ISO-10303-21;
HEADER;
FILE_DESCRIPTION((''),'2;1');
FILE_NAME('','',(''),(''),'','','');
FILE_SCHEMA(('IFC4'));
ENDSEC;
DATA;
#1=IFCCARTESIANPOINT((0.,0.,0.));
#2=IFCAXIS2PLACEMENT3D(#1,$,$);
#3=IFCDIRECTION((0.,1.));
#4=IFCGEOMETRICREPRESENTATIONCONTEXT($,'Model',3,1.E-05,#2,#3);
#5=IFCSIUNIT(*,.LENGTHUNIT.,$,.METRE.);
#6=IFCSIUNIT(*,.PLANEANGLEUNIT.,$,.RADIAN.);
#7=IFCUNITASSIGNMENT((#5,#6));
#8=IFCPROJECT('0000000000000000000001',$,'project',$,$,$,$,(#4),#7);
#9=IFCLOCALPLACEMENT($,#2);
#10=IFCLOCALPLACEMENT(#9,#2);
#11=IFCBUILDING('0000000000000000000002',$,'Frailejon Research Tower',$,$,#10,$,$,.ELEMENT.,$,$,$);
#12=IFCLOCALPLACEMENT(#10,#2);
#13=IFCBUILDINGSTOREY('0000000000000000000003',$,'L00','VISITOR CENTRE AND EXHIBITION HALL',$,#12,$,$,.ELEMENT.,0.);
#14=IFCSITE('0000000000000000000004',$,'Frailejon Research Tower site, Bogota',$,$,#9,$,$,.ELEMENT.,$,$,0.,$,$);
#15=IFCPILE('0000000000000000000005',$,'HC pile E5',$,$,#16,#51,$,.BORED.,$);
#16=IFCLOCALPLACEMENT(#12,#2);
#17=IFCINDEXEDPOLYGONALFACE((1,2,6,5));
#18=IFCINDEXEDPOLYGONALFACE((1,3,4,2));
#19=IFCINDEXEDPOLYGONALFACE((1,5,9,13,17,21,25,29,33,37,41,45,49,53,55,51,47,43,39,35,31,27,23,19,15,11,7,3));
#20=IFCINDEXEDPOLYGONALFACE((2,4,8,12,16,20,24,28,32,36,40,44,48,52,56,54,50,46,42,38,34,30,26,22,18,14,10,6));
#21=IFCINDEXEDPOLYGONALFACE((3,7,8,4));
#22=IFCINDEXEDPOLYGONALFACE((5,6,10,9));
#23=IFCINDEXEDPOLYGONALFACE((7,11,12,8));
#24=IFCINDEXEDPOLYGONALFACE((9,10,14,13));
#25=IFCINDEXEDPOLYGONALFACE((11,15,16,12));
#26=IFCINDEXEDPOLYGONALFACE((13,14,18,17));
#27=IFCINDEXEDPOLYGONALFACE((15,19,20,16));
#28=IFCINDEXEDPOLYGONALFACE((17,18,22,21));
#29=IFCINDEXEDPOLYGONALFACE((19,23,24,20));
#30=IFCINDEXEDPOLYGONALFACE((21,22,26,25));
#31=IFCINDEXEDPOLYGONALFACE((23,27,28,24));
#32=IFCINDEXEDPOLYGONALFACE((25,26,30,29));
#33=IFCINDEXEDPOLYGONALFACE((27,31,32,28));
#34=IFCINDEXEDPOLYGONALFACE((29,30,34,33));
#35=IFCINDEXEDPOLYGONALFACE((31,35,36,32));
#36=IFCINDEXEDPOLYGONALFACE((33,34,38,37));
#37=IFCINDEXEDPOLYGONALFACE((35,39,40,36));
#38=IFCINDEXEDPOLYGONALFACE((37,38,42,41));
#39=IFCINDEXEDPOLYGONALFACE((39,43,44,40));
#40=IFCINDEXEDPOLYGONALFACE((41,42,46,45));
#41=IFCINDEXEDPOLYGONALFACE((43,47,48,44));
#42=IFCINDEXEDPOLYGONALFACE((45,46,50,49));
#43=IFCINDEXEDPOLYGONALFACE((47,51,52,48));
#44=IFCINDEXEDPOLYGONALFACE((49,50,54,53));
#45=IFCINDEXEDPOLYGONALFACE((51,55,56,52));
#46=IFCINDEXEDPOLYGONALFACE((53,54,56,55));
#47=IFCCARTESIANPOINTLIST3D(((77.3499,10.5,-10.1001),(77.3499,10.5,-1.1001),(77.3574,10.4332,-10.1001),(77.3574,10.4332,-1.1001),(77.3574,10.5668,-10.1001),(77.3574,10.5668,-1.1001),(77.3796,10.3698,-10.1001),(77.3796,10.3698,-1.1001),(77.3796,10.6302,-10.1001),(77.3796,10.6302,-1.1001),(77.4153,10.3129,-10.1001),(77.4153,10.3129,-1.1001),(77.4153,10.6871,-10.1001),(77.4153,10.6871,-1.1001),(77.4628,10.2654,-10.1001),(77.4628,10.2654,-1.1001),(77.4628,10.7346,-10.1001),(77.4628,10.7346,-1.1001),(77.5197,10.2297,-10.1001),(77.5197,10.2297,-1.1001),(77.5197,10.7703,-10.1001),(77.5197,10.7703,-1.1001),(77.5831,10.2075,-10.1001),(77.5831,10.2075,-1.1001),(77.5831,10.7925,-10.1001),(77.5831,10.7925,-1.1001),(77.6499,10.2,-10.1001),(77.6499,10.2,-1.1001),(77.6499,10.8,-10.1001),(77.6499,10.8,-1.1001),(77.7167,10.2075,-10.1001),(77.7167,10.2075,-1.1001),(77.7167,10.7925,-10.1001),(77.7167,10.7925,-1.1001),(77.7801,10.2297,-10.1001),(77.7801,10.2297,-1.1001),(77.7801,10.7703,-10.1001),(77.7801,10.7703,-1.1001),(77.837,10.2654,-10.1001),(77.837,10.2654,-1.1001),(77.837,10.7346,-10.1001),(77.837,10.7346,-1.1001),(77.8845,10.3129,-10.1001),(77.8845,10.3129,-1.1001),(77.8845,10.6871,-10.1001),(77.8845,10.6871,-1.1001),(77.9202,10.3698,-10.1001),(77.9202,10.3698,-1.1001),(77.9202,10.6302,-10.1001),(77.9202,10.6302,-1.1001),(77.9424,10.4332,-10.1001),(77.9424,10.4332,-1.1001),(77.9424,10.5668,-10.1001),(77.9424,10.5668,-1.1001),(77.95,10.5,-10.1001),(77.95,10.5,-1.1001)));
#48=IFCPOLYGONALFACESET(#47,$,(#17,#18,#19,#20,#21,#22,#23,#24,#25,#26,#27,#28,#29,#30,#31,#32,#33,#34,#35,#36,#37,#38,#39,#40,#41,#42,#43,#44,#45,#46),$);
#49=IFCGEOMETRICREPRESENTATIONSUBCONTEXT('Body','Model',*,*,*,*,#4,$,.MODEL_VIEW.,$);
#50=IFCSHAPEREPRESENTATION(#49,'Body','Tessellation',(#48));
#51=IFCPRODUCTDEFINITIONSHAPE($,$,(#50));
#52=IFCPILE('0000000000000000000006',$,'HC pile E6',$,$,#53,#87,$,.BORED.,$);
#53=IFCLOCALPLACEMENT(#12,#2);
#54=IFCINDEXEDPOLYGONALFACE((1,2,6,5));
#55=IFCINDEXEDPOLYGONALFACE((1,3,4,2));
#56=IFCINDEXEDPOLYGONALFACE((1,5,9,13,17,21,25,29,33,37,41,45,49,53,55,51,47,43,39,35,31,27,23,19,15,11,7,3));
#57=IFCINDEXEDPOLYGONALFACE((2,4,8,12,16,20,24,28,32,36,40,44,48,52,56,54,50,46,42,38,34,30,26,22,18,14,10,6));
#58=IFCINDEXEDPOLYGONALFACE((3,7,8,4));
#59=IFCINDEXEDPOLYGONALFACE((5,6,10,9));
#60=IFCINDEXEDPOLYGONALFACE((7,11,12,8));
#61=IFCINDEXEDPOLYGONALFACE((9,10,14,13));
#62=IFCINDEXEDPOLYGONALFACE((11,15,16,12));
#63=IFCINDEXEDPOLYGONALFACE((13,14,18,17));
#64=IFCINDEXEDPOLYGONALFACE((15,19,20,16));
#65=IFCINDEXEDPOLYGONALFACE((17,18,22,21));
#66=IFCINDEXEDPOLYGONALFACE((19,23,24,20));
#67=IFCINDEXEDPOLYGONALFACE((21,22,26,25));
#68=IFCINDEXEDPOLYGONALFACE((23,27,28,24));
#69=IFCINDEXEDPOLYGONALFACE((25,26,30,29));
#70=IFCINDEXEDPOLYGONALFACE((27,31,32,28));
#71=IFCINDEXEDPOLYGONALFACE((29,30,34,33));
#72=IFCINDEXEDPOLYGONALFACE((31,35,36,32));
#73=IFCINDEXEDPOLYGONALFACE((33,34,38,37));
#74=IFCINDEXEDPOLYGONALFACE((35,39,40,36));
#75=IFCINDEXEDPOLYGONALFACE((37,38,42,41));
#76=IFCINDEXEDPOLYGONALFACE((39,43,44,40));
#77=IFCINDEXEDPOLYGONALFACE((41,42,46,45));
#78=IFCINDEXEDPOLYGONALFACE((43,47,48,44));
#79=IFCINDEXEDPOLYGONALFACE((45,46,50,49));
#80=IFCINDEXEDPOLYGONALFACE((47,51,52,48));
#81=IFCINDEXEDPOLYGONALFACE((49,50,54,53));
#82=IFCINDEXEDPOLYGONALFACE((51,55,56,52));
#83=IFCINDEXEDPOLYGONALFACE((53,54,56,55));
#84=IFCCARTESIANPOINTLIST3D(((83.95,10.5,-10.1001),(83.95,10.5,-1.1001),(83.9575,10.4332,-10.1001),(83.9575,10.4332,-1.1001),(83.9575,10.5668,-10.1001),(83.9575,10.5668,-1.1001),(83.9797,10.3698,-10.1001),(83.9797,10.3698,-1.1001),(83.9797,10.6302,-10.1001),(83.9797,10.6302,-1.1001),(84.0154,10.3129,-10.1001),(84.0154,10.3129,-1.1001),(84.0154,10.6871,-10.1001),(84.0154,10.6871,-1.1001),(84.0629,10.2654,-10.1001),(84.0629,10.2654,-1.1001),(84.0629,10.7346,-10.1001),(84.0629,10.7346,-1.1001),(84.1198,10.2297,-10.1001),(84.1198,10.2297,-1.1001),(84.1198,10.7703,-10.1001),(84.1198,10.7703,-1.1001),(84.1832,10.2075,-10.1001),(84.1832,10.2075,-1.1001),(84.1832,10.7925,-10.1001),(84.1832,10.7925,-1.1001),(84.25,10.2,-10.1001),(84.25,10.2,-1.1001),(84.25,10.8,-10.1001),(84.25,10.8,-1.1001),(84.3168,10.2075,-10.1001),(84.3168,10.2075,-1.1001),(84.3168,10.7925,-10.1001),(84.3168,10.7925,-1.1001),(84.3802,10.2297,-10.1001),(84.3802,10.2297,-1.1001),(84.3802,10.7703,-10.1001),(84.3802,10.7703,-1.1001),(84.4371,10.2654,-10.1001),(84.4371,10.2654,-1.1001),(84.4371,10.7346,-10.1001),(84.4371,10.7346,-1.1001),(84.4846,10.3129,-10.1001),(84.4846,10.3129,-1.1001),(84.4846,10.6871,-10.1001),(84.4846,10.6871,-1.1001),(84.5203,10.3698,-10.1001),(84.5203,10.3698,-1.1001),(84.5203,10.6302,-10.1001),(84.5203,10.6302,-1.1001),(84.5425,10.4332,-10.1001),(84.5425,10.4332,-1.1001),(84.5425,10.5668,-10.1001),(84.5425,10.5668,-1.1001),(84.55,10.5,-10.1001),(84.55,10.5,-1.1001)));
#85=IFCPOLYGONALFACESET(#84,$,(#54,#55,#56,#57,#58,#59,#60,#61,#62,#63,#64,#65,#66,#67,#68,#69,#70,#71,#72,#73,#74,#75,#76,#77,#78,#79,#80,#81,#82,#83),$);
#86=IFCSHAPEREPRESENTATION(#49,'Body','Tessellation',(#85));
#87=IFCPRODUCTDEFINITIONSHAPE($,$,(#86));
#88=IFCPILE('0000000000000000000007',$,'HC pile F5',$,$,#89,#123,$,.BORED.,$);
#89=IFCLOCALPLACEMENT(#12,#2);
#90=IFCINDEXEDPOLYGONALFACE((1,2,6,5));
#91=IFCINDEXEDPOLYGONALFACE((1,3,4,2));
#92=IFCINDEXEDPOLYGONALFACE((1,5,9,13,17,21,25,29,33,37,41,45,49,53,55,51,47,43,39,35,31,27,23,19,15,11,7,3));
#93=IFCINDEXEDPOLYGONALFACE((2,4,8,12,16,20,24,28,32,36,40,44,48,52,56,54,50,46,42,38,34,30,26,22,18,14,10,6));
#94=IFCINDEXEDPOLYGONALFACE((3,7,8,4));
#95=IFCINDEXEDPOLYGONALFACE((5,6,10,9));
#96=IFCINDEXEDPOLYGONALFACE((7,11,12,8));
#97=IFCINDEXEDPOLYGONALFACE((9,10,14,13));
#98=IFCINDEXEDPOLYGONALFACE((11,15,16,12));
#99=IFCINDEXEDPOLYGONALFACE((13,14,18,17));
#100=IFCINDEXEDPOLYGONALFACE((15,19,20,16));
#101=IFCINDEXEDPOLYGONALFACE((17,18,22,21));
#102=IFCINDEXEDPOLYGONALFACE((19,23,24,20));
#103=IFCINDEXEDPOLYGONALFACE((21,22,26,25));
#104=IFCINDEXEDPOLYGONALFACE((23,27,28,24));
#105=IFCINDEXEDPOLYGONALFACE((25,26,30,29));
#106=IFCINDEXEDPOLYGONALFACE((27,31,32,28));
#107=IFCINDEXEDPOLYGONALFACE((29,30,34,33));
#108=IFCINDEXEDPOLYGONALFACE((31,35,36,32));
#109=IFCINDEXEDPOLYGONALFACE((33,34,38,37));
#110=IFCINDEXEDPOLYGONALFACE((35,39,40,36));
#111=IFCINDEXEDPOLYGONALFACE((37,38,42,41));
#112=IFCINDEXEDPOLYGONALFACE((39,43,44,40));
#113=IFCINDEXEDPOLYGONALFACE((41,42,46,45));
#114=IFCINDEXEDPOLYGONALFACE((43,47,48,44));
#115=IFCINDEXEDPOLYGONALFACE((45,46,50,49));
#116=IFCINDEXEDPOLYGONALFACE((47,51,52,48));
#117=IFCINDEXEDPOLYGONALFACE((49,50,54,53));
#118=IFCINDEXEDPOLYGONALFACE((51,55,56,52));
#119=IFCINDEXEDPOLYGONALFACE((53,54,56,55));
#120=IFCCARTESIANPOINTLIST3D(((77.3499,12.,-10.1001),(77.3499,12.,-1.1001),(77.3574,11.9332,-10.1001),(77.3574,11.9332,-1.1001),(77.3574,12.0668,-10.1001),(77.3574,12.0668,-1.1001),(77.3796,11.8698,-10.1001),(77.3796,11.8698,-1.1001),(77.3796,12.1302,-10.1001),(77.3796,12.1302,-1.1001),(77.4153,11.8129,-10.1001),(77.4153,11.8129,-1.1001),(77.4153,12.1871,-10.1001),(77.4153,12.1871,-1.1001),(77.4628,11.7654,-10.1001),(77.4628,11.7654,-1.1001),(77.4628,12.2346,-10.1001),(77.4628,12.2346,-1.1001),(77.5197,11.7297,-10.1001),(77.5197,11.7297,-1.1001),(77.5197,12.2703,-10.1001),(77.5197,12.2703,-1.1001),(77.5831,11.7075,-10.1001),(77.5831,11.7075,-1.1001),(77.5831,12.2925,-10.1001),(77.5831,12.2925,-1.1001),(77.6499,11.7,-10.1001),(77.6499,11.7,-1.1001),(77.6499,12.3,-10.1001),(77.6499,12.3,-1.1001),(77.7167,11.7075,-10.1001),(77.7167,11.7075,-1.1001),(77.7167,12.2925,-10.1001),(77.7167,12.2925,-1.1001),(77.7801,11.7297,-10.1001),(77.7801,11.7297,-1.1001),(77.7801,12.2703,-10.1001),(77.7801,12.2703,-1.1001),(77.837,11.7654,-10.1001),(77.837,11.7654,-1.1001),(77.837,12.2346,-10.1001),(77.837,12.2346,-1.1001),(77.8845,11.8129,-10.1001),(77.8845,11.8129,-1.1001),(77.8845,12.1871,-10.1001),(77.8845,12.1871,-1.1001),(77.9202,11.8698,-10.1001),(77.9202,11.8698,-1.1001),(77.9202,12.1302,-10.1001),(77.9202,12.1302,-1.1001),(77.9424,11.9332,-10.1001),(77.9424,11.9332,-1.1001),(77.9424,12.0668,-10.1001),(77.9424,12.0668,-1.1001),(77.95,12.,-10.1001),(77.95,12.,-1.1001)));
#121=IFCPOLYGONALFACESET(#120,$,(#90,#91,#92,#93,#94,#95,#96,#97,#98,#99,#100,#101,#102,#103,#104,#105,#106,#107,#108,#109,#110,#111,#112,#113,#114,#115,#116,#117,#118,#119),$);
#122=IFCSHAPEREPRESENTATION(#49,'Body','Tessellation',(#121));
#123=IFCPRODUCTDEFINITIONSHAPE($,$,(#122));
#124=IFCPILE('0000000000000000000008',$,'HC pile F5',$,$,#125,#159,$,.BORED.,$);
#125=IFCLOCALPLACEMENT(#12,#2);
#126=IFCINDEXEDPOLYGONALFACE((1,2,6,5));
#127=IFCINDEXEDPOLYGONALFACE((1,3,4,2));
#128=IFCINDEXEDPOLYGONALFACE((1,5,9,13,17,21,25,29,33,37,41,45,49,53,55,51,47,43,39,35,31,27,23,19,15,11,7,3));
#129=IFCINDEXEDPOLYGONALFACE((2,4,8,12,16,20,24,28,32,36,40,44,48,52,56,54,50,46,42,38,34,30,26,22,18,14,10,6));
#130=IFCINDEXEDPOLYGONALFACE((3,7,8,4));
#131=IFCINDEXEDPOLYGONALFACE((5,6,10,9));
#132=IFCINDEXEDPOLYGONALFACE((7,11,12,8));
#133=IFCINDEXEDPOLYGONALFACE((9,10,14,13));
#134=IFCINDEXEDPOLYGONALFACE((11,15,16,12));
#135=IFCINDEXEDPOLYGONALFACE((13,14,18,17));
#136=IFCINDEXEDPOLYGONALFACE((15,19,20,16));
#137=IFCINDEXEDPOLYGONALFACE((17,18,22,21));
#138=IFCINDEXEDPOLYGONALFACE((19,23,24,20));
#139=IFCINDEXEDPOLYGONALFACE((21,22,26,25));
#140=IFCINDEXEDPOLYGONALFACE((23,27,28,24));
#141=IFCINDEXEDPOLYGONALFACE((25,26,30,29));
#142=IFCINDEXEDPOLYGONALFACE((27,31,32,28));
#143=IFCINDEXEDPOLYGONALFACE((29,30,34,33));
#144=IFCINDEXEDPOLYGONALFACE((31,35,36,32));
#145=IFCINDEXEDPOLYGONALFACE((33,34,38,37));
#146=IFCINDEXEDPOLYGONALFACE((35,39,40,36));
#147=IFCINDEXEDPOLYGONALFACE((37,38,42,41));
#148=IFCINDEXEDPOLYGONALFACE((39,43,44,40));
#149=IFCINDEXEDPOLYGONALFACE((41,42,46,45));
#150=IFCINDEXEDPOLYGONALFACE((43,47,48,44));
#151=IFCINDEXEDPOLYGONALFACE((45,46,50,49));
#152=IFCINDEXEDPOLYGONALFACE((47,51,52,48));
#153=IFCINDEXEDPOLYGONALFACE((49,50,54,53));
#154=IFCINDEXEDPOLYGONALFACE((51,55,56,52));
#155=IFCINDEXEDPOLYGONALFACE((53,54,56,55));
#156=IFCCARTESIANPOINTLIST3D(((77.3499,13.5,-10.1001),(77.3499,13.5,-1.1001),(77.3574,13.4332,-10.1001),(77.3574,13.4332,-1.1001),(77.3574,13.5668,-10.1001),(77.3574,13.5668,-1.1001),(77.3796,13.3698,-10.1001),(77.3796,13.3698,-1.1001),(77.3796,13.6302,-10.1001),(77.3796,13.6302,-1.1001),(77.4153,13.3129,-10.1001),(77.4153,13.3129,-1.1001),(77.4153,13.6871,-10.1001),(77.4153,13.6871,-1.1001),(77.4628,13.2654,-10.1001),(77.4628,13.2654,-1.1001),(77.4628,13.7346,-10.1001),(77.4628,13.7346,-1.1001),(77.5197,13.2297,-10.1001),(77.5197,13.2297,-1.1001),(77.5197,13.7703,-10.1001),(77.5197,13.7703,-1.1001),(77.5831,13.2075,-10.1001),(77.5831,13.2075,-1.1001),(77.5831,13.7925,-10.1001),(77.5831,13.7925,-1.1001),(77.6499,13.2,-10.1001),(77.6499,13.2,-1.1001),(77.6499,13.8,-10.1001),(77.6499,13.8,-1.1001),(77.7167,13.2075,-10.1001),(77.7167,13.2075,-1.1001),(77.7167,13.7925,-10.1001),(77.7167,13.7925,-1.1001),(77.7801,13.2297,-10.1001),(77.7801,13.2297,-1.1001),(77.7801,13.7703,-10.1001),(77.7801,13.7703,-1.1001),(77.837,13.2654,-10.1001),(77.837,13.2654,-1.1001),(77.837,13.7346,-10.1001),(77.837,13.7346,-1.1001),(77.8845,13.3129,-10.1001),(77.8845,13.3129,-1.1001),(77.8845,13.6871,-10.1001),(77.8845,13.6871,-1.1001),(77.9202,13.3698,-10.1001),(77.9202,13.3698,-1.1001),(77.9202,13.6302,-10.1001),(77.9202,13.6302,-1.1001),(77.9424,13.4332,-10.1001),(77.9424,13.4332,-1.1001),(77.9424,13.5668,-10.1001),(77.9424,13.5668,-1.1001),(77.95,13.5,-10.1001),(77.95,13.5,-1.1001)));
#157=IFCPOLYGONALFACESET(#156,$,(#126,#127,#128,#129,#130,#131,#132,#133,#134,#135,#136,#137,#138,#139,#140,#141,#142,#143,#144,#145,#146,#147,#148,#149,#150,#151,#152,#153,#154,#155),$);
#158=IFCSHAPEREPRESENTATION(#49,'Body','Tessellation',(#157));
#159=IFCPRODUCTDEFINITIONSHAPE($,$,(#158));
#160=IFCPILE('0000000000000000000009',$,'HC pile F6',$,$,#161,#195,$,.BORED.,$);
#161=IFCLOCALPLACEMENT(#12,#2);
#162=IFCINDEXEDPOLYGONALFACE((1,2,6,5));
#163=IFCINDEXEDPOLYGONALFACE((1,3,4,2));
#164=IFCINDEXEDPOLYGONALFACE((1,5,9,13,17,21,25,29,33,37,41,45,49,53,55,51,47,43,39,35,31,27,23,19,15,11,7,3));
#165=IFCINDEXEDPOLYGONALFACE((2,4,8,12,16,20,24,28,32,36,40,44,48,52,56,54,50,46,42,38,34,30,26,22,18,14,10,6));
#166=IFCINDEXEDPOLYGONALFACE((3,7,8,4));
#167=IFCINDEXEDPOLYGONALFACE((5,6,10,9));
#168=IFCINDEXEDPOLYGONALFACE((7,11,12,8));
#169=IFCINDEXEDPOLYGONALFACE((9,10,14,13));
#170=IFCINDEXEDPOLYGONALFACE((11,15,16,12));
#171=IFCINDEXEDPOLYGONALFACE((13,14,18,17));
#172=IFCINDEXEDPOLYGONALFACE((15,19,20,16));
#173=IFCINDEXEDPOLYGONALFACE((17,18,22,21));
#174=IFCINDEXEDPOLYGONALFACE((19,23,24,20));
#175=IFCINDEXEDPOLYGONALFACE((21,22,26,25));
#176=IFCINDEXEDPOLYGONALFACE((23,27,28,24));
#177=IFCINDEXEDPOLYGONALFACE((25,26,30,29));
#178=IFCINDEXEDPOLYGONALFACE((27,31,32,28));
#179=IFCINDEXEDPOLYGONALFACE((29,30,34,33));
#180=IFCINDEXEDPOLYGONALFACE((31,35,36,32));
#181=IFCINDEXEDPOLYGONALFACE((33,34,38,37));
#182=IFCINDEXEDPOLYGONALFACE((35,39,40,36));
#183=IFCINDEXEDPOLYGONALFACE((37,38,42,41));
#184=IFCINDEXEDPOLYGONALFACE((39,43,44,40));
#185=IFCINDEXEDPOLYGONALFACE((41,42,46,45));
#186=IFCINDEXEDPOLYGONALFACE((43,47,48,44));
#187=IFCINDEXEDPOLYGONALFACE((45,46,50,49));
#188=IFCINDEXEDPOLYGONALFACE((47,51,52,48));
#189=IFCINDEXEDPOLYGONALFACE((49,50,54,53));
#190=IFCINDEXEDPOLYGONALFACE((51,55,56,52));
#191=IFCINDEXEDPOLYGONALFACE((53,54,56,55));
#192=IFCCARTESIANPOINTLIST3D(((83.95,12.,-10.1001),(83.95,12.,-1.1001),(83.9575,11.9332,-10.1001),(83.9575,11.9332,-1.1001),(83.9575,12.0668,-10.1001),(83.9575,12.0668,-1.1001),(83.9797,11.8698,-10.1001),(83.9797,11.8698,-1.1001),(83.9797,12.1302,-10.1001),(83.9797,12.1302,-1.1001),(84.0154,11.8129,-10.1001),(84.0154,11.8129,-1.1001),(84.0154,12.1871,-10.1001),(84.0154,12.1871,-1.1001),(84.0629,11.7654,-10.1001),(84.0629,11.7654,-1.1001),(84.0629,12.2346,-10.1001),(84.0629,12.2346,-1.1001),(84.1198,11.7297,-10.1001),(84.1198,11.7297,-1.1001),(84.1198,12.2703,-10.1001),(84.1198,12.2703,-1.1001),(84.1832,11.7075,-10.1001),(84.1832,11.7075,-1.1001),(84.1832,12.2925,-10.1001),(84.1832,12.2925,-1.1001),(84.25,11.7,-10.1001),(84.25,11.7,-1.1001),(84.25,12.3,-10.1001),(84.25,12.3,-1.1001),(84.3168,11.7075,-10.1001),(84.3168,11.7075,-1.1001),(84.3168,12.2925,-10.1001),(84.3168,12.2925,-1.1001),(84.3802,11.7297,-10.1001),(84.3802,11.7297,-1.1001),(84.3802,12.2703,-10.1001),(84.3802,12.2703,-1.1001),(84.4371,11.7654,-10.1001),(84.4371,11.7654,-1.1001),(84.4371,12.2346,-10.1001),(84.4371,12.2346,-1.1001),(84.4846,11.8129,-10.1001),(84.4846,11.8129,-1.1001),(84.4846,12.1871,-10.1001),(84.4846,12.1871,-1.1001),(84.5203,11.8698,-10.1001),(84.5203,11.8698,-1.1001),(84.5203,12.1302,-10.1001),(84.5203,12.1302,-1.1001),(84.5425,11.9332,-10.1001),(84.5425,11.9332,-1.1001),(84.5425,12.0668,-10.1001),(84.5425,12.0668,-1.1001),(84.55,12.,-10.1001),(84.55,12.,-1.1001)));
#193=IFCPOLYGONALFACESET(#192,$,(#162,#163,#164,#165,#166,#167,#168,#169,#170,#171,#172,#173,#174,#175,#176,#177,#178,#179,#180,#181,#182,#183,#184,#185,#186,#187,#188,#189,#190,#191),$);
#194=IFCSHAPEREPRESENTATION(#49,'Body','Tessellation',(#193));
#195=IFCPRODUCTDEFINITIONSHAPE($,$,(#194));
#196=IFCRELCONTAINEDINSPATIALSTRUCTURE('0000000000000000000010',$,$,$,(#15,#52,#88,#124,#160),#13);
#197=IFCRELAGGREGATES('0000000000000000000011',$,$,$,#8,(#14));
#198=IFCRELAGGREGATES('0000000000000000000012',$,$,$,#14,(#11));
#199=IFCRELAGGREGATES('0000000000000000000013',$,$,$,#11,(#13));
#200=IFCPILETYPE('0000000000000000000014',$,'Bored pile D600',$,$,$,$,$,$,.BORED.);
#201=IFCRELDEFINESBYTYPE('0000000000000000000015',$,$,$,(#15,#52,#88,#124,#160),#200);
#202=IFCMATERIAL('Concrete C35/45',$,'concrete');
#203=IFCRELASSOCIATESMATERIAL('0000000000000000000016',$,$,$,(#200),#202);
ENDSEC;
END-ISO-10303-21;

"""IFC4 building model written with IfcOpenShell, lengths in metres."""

from ifc_helpers import new_model, si_unit, direction, frame, origin, origin_2d, place, context, subcontext, project, spatial, circle, extrude, material, material_profile, profile_set, type_object, element, save


model = new_model("IFC4")

# Units and contexts
model_context = context("Model", 3, precision=1e-05, world=origin(), true_north=direction((0.0, 1.0)))
body_context = subcontext(model_context, "Body", "Model", "MODEL_VIEW")
ifc_project = project(units=[si_unit("LENGTHUNIT", "METRE"), si_unit("PLANEANGLEUNIT", "RADIAN")], contexts=[model_context])

# Site, building, storey
site_placement = place(None, origin())
site = spatial("IfcSite", under=ifc_project, at=site_placement, Name="Frailejon Research Tower site, Bogota", CompositionType="ELEMENT", RefElevation=0.0)
building_placement = place(site_placement, origin())
building = spatial("IfcBuilding", under=site, at=building_placement, Name="Frailejon Research Tower", CompositionType="ELEMENT")
storey_placement = place(building_placement, origin())
storey = spatial("IfcBuildingStorey", under=building, at=storey_placement, Name="L00", Description="VISITOR CENTRE AND EXHIBITION HALL", CompositionType="ELEMENT", Elevation=0.0)

# Piles
ifc_material_1 = material(Name="Concrete C35/45", Category="concrete")
ifc_material_profile_1 = material_profile(ifc_material_1, circle(Radius=0.3, at=origin_2d()), Name="Bored pile D600")
ifc_profile_set_1 = profile_set([ifc_material_profile_1], Name="Concrete C35/45")
pile_type = type_object("IfcPileType", Name="Bored pile D600", PredefinedType="BORED", material=ifc_profile_set_1)
for number, where, z_axis, x_axis, name in (
    (1, (77.6499, 10.5, -1.1001), (0.0, 0.0, -1.0), (1.0, 0.0, 0.0), "HC pile E5"),
    (2, (84.25, 10.5, -1.1001), (0.0, 0.0, -1.0), (1.0, 0.0, 0.0), "HC pile E6"),
    (3, (77.6499, 12.0, -1.1001), (0.0, 0.0, -1.0), (1.0, 0.0, 0.0), "HC pile F5"),
    (4, (77.6499, 13.5, -1.1001), (0.0, 0.0, -1.0), (1.0, 0.0, 0.0), "HC pile F5"),
    (5, (84.25, 12.0, -1.1001), (0.0, 0.0, -1.0), (1.0, 0.0, 0.0), "HC pile F6"),
):
    element("IfcPile", number, at=place(storey_placement, frame(where, z_axis=z_axis, x_axis=x_axis)), inside=storey, type_object=pile_type, Name=name, PredefinedType="BORED", context=body_context, shape_type="SweptSolid", body=[
        extrude(circle(Radius=0.3, at=origin_2d()), origin(), (0.0, 0.0, 1.0), 9.0),
    ])

save(model, "model.ifc")
